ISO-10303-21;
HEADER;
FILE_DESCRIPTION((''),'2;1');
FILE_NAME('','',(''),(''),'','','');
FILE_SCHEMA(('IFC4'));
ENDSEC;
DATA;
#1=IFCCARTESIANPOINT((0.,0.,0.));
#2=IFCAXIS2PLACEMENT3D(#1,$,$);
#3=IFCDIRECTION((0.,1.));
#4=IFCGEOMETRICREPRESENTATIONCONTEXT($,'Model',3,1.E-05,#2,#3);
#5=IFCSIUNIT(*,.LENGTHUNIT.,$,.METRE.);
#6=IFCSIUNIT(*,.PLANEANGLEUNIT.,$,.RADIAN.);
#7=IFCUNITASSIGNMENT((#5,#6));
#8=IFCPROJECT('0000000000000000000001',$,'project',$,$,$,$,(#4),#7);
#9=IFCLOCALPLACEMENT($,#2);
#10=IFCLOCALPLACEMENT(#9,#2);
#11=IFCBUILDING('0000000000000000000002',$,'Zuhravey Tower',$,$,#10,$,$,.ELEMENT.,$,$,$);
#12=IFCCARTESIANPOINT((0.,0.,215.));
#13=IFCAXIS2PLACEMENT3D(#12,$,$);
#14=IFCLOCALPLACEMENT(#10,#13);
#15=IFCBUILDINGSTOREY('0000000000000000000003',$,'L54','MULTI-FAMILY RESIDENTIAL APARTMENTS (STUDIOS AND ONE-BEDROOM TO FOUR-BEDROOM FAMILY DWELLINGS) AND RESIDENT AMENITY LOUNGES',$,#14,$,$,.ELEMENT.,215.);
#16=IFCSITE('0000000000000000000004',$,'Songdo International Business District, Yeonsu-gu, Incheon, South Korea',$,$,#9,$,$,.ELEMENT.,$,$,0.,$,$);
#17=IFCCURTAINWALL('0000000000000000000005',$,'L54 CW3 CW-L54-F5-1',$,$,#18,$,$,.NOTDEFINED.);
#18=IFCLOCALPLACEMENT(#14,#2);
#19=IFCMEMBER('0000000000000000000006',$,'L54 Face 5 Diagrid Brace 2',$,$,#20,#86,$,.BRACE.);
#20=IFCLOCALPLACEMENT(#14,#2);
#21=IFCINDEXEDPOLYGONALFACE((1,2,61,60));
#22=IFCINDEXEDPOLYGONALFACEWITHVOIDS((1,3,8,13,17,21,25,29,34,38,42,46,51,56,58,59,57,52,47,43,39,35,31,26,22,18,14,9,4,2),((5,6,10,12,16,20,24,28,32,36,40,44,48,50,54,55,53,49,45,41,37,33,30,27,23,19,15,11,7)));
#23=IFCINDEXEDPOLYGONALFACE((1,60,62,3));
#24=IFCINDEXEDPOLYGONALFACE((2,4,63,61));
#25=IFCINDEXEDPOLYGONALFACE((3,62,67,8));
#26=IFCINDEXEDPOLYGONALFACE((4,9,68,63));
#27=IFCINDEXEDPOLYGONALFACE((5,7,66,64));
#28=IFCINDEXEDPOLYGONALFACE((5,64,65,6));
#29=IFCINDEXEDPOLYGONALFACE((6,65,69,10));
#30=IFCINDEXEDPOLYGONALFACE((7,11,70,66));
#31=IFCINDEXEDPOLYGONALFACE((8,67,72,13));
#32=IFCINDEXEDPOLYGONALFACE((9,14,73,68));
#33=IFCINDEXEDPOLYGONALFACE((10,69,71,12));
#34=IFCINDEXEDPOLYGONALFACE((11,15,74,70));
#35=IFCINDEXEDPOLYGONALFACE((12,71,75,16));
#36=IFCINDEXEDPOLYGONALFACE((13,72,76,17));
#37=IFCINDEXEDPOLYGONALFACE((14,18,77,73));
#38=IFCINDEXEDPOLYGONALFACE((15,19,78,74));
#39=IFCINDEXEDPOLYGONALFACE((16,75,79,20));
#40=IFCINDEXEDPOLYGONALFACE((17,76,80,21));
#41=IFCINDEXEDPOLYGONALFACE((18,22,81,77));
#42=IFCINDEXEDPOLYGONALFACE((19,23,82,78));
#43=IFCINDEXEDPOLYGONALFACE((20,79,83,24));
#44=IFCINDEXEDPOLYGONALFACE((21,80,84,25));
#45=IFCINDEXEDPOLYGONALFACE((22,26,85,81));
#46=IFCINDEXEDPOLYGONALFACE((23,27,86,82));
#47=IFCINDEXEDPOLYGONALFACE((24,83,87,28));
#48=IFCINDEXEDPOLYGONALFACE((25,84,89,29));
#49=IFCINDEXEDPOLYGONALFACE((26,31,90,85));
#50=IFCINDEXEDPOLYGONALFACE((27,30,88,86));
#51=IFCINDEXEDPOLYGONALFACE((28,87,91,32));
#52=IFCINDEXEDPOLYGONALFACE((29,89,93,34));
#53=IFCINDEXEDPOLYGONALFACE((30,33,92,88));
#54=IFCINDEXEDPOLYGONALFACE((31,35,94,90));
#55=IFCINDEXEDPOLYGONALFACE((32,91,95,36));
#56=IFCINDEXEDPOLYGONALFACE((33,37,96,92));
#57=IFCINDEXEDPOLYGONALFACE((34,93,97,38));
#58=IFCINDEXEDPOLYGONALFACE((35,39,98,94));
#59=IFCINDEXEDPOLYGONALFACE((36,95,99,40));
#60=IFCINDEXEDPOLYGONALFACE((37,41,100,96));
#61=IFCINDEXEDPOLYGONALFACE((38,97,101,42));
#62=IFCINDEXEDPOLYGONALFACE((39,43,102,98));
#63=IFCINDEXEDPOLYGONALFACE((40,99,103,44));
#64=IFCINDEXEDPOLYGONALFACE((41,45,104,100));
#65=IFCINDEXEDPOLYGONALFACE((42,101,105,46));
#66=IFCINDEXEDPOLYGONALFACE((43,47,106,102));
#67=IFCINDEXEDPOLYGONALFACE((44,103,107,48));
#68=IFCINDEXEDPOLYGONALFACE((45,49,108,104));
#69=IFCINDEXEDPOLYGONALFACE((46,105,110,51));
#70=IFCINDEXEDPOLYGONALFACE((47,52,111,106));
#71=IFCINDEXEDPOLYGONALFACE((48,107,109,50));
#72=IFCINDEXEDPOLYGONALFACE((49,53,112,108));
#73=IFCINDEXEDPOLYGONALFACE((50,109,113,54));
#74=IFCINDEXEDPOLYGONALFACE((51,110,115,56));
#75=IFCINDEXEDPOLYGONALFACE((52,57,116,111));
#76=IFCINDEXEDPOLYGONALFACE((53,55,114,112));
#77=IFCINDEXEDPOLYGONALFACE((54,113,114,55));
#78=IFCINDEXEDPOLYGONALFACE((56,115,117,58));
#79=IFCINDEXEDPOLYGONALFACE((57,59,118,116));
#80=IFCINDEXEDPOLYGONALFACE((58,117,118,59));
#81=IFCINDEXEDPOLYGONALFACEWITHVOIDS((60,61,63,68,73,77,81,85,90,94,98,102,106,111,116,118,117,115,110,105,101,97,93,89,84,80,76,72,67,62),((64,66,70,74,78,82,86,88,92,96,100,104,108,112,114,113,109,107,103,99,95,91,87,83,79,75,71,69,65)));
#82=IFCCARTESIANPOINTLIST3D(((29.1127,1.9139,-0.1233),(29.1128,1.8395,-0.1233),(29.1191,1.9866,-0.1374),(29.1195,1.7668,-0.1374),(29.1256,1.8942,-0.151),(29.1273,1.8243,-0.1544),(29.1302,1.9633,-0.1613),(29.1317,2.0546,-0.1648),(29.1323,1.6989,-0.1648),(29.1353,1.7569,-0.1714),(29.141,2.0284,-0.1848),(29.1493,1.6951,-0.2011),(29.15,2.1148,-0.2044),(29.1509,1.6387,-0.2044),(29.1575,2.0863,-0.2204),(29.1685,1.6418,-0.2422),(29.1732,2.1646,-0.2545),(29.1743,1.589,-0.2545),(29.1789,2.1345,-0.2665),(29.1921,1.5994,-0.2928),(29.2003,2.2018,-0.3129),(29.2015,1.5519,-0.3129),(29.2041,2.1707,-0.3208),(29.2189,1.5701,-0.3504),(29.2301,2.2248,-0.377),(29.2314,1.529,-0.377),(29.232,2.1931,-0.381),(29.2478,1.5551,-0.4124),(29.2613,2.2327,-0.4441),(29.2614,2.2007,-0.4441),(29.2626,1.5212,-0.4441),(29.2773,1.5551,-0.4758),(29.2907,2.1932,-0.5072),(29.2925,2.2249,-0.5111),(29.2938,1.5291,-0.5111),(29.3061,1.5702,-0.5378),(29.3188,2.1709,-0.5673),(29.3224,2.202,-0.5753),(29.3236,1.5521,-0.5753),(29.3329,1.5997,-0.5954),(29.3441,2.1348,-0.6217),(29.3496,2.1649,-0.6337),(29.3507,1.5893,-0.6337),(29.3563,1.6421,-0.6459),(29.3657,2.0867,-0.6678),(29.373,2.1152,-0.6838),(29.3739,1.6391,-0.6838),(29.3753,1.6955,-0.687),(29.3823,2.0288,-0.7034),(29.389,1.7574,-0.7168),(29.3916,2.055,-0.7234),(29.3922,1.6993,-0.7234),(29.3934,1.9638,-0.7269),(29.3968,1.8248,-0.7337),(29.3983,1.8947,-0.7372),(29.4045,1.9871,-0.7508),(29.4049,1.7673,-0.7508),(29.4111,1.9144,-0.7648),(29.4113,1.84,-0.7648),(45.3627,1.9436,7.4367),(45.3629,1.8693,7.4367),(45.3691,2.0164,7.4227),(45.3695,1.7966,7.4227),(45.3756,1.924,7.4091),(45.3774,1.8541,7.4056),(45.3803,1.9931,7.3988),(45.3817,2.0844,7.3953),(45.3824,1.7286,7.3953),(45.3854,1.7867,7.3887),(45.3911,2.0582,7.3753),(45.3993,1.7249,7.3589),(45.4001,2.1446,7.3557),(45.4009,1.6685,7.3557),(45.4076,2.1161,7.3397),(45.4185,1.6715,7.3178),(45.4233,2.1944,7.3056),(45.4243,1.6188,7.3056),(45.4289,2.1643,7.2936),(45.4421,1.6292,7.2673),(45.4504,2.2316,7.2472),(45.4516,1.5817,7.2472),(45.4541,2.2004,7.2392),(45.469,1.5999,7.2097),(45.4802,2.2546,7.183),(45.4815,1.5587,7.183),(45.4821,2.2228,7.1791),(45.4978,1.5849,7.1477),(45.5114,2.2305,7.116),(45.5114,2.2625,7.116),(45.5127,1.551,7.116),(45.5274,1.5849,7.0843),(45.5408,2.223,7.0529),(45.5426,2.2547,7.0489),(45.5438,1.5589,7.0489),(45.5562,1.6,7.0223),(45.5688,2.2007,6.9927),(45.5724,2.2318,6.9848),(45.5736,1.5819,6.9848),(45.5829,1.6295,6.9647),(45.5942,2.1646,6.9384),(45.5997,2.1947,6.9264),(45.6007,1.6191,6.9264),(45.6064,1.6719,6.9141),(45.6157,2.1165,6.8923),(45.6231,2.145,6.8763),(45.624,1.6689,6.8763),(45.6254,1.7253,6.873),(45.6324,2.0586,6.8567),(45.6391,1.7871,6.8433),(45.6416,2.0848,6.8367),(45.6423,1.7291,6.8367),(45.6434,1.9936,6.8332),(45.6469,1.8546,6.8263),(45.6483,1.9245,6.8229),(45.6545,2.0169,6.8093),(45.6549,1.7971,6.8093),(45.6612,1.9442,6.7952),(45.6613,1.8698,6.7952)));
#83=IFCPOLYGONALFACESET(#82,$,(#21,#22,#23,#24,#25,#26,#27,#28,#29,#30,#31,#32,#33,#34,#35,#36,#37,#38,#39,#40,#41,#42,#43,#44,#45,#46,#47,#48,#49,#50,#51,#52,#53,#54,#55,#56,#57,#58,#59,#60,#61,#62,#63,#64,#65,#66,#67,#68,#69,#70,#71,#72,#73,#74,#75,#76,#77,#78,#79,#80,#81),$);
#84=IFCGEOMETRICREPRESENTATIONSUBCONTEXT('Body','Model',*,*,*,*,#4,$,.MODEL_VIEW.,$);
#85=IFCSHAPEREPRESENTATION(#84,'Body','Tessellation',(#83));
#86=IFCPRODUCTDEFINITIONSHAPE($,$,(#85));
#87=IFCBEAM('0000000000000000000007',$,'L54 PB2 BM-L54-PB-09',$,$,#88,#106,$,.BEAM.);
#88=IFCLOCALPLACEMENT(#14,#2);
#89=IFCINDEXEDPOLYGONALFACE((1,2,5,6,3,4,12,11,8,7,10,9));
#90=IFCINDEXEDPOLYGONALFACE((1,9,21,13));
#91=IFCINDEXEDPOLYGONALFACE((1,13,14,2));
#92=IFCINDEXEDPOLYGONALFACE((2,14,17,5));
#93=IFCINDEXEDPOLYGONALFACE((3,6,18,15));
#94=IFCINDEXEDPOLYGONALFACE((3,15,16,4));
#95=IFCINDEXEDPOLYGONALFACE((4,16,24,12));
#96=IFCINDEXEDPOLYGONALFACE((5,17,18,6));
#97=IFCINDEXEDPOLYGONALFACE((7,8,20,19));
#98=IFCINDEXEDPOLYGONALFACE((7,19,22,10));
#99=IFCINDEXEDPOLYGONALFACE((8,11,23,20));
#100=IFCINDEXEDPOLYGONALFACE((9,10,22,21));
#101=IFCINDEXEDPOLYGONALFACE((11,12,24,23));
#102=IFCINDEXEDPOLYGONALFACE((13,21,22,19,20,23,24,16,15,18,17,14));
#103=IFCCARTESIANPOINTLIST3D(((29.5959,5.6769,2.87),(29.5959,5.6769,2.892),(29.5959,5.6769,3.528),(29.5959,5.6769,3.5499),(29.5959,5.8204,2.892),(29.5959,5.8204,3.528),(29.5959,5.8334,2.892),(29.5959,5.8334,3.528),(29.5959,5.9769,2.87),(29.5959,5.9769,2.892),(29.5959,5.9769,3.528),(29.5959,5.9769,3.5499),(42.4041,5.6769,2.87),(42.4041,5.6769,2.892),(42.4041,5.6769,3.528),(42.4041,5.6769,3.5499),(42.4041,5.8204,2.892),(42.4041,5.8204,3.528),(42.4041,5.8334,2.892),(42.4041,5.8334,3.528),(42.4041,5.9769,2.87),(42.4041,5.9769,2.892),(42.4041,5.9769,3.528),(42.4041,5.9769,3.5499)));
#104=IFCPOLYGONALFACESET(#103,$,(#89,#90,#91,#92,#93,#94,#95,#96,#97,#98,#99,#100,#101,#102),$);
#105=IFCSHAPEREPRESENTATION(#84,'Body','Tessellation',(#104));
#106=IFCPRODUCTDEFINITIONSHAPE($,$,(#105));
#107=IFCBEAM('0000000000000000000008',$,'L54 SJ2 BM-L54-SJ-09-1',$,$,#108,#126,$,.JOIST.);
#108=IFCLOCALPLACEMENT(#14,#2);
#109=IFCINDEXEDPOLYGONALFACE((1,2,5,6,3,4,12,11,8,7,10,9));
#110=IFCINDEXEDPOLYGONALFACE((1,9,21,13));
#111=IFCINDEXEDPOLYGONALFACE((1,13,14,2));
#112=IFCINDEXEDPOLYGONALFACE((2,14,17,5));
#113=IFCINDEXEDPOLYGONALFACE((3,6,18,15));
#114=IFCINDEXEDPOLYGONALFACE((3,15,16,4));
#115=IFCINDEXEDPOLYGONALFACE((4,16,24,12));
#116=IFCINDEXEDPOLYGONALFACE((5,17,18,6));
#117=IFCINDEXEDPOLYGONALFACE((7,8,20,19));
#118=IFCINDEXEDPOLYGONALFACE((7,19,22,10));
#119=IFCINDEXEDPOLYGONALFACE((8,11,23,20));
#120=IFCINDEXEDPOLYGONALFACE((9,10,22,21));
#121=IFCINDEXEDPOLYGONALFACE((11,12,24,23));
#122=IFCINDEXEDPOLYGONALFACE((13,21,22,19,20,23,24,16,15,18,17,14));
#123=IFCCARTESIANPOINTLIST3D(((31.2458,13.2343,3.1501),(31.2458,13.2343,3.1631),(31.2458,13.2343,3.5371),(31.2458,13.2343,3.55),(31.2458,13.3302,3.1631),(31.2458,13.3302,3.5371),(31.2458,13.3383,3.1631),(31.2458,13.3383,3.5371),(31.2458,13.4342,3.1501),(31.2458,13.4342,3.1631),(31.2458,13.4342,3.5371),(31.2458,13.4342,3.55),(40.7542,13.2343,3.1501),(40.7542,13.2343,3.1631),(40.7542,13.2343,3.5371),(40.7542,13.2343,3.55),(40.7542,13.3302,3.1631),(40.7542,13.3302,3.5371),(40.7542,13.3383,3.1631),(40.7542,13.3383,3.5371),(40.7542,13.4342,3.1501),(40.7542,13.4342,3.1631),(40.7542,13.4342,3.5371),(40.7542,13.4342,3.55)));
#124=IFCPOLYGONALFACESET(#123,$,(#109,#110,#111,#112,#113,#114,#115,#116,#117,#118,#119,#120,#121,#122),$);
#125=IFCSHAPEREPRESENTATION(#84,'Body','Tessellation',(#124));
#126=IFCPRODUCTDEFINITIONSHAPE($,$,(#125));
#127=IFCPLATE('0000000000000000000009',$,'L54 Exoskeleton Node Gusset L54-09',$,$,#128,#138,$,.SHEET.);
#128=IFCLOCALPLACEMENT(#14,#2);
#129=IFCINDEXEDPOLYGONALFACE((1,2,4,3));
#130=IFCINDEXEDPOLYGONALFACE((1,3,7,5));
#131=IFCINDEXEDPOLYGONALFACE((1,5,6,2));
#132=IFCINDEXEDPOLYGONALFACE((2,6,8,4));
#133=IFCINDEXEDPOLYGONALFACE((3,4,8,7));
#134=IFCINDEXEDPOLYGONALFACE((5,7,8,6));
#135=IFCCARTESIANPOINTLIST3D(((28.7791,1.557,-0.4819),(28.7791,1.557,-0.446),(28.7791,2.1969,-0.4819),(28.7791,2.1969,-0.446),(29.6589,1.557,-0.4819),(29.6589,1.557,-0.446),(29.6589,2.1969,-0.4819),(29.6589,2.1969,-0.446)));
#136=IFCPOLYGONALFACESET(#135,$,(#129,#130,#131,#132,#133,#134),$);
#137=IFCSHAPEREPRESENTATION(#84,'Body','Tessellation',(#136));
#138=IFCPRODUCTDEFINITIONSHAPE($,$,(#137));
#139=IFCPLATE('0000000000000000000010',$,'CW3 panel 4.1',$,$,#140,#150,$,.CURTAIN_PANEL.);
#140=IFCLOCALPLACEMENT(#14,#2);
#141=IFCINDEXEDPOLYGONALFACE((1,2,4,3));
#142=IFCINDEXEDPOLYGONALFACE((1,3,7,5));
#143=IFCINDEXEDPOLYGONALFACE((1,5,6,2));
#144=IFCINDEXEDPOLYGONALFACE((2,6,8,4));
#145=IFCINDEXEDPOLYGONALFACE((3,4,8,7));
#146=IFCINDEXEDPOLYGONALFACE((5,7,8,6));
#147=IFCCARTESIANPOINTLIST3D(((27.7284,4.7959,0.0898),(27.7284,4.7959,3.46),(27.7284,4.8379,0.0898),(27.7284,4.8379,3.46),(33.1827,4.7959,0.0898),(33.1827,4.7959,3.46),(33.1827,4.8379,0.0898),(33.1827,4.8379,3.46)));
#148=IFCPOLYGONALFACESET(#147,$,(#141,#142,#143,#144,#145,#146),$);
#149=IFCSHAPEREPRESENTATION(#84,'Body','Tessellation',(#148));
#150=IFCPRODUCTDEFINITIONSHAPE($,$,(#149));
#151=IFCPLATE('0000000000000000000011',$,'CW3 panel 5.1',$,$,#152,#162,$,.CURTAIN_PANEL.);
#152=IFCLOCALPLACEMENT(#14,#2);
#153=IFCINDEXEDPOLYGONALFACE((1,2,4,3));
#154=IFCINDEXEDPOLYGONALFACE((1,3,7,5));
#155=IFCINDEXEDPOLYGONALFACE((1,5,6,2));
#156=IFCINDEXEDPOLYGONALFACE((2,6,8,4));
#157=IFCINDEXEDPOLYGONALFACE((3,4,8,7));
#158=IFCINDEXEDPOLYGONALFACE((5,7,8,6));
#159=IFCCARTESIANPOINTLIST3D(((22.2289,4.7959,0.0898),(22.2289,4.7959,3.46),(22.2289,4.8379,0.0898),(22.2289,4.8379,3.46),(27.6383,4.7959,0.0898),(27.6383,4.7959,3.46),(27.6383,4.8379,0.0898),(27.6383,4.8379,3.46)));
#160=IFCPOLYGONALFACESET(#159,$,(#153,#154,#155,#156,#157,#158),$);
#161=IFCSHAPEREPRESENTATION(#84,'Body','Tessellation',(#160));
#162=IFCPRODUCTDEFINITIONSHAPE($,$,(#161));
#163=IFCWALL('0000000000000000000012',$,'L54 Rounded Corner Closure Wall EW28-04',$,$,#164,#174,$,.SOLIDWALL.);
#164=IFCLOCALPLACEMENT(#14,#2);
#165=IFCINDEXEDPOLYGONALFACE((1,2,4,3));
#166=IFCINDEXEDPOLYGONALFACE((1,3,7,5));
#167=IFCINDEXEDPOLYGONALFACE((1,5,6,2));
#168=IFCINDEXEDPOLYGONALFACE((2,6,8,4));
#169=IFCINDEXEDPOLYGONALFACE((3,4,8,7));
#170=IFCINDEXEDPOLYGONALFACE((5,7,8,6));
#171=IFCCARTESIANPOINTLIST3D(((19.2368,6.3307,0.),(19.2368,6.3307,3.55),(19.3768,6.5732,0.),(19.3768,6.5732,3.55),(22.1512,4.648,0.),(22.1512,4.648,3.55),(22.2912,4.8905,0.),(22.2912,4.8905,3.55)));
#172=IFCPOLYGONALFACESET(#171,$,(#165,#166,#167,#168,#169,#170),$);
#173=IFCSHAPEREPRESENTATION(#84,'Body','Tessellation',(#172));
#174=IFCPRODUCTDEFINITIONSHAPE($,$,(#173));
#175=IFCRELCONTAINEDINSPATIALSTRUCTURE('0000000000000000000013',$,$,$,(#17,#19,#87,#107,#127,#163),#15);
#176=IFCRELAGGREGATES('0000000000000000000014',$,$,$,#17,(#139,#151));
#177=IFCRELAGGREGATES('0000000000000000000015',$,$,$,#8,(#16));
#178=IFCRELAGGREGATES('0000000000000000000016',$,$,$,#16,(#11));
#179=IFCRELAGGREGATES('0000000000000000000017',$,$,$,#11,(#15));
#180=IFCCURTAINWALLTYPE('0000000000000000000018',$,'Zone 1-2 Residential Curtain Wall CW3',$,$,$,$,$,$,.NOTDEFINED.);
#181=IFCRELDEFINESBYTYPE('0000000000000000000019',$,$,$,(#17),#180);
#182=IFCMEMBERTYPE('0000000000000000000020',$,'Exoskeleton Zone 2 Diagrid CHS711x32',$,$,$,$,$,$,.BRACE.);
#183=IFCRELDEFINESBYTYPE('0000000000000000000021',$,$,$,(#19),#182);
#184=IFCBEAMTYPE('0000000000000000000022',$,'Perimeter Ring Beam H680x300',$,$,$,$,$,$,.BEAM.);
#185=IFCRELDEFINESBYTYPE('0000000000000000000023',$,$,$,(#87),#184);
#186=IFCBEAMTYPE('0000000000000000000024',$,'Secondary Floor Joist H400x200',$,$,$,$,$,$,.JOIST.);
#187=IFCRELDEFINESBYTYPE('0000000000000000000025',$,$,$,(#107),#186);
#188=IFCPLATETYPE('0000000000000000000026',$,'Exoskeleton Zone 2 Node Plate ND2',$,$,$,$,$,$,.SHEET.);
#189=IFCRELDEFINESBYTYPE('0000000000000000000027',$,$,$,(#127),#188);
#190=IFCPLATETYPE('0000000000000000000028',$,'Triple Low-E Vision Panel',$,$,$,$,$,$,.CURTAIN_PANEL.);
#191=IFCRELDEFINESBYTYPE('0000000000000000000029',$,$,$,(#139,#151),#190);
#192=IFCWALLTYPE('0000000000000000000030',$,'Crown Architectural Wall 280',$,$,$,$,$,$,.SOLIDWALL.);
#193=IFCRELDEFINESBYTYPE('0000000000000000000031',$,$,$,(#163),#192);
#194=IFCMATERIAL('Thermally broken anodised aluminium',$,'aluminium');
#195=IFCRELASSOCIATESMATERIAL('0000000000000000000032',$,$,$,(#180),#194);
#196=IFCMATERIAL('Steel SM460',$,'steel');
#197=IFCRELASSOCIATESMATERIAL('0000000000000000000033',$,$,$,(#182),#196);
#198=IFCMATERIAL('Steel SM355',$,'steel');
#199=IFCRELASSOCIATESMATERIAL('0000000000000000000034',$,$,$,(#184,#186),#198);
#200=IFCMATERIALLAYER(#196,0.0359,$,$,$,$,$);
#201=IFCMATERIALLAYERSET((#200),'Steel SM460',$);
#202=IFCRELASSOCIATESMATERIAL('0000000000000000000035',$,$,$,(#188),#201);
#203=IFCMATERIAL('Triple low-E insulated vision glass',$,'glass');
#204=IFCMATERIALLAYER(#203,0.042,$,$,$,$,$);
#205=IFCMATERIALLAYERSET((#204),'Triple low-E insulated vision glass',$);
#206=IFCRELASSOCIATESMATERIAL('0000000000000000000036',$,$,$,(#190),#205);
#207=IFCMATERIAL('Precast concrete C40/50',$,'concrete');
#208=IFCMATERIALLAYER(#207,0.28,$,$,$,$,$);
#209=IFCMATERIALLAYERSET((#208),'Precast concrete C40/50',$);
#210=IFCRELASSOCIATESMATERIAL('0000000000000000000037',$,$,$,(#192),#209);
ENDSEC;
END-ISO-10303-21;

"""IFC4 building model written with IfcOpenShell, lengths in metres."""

from ifc_helpers import new_model, si_unit, direction, frame, frame_2d, origin, origin_2d, place, context, subcontext, project, spatial, rectangle, hollow_circle, i_section, extrude, material, layer, layer_set, material_profile, profile_set, type_object, element, aggregate, save


model = new_model("IFC4")

# Units and contexts
model_context = context("Model", 3, precision=1e-05, world=origin(), true_north=direction((0.0, 1.0)))
body_context = subcontext(model_context, "Body", "Model", "MODEL_VIEW")
ifc_project = project(units=[si_unit("LENGTHUNIT", "METRE"), si_unit("PLANEANGLEUNIT", "RADIAN")], contexts=[model_context])

# Site, building, storey
site_placement = place(None, origin())
site = spatial("IfcSite", under=ifc_project, at=site_placement, Name="Songdo International Business District, Yeonsu-gu, Incheon, South Korea", CompositionType="ELEMENT", RefElevation=0.0)
building_placement = place(site_placement, origin())
building = spatial("IfcBuilding", under=site, at=building_placement, Name="Zuhravey Tower", CompositionType="ELEMENT")
storey_placement = place(building_placement, frame((0.0, 0.0, 215.0)))
storey = spatial("IfcBuildingStorey", under=building, at=storey_placement, Name="L54", Description="MULTI-FAMILY RESIDENTIAL APARTMENTS (STUDIOS AND ONE-BEDROOM TO FOUR-BEDROOM FAMILY DWELLINGS) AND RESIDENT AMENITY LOUNGES", CompositionType="ELEMENT", Elevation=215.0)

# Curtain wall
ifc_material_1 = material(Name="Thermally broken anodised aluminium", Category="aluminium")
curtain_wall_type = type_object("IfcCurtainWallType", Name="Zone 1-2 Residential Curtain Wall CW3", PredefinedType="NOTDEFINED", material=ifc_material_1)
curtain_wall_placement = place(storey_placement, origin())
curtain_wall = element("IfcCurtainWall", 1, at=curtain_wall_placement, inside=storey, type_object=curtain_wall_type, Name="L54 CW3 CW-L54-F5-1", PredefinedType="NOTDEFINED")

# Member
ifc_material_2 = material(Name="Steel SM355", Category="steel")
ifc_material_3 = material(Name="Steel SM460", Category="steel")
ifc_material_profile_1 = material_profile(ifc_material_3, hollow_circle(Radius=0.3557, WallThickness=0.032, at=origin_2d()), Name="CHS-711.2x32")
ifc_profile_set_1 = profile_set([ifc_material_profile_1], Name="Steel SM460")
member_type_1 = type_object("IfcMemberType", Name="Exoskeleton Zone 2 Diagrid CHS711x32", PredefinedType="BRACE", material=ifc_profile_set_1)
member_1_placement = place(storey_placement, frame((29.262, 1.877, -0.4441), z_axis=(0.906679, 0.001662, 0.421818), x_axis=(-0.001833, 0.999998, 0.0)))
element("IfcMember", 2, at=member_1_placement, inside=storey, type_object=member_type_1, Name="L54 Face 5 Diagrid Brace 2", PredefinedType="BRACE", context=body_context, shape_type="SweptSolid", body=[
    extrude(hollow_circle(Radius=0.3557, WallThickness=0.032, at=origin_2d()), origin(), (0.0, 0.0, 1.0), 17.9226),
])

# Beams
ifc_material_profile_2 = material_profile(ifc_material_2, i_section(OverallWidth=0.3, OverallDepth=0.6799, WebThickness=0.0129, FlangeThickness=0.022, at=origin_2d()), Name="H-680x300x13x22")
ifc_profile_set_2 = profile_set([ifc_material_profile_2], Name="Steel SM355")
beam_type_1 = type_object("IfcBeamType", Name="Perimeter Ring Beam H680x300", PredefinedType="BEAM", material=ifc_profile_set_2)
beam_1_placement = place(storey_placement, frame((29.5959, 5.8269, 3.21), z_axis=(1.0, 0.0, 0.0), x_axis=(0.0, 1.0, 0.0)))
element("IfcBeam", 3, at=beam_1_placement, inside=storey, type_object=beam_type_1, Name="L54 PB2 BM-L54-PB-09", PredefinedType="BEAM", context=body_context, shape_type="SweptSolid", body=[
    extrude(i_section(OverallWidth=0.3, OverallDepth=0.6799, WebThickness=0.0129, FlangeThickness=0.022, at=origin_2d()), origin(), (0.0, 0.0, 1.0), 12.8081),
])
ifc_material_profile_3 = material_profile(ifc_material_2, i_section(OverallWidth=0.2, OverallDepth=0.3999, WebThickness=0.0081, FlangeThickness=0.0129, at=origin_2d()), Name="H-400x200x8x13")
ifc_profile_set_3 = profile_set([ifc_material_profile_3], Name="Steel SM355")
beam_type_2 = type_object("IfcBeamType", Name="Secondary Floor Joist H400x200", PredefinedType="JOIST", material=ifc_profile_set_3)
beam_2_placement = place(storey_placement, frame((31.2458, 13.3342, 3.3501), z_axis=(1.0, 0.0, 0.0), x_axis=(0.0, 1.0, 0.0)))
element("IfcBeam", 4, at=beam_2_placement, inside=storey, type_object=beam_type_2, Name="L54 SJ2 BM-L54-SJ-09-1", PredefinedType="JOIST", context=body_context, shape_type="SweptSolid", body=[
    extrude(i_section(OverallWidth=0.2, OverallDepth=0.3999, WebThickness=0.0081, FlangeThickness=0.0129, at=origin_2d()), origin(), (0.0, 0.0, 1.0), 9.5083),
])

# Plates
ifc_layer_1 = layer(ifc_material_3, 0.0359)
ifc_layer_set_1 = layer_set([ifc_layer_1], Name="Steel SM460")
plate_type_1 = type_object("IfcPlateType", Name="Exoskeleton Zone 2 Node Plate ND2", PredefinedType="SHEET", material=ifc_layer_set_1)
plate_1_placement = place(storey_placement, frame((29.219, 1.877, -0.4819), z_axis=(0.0, 0.0, 1.0), x_axis=(1.0, 0.0, 0.0)))
element("IfcPlate", 5, at=plate_1_placement, inside=storey, type_object=plate_type_1, Name="L54 Exoskeleton Node Gusset L54-09", PredefinedType="SHEET", context=body_context, shape_type="SweptSolid", body=[
    extrude(rectangle(XDim=0.8799, YDim=0.6399, at=origin_2d()), origin(), (0.0, 0.0, 1.0), 0.0359),
])
ifc_material_4 = material(Name="Triple low-E insulated vision glass", Category="glass")
ifc_layer_2 = layer(ifc_material_4, 0.042)
ifc_layer_set_2 = layer_set([ifc_layer_2], Name="Triple low-E insulated vision glass")
plate_type_2 = type_object("IfcPlateType", Name="Triple Low-E Vision Panel", PredefinedType="CURTAIN_PANEL", material=ifc_layer_set_2)
plate_2_placement = place(storey_placement, frame((30.4556, 4.8169, 0.0898), z_axis=(0.0, 0.0, 1.0), x_axis=(-1.0, 0.0, 0.0)))
plate_2 = element("IfcPlate", 6, at=plate_2_placement, type_object=plate_type_2, Name="CW3 panel 4.1", PredefinedType="CURTAIN_PANEL", context=body_context, shape_type="SweptSolid", body=[
    extrude(rectangle(XDim=5.4543, YDim=0.042, at=origin_2d()), origin(), (0.0, 0.0, 1.0), 3.3701),
])
plate_3_placement = place(storey_placement, frame((24.9336, 4.8169, 0.0898), z_axis=(0.0, 0.0, 1.0), x_axis=(-1.0, 0.0, 0.0)))
plate_3 = element("IfcPlate", 7, at=plate_3_placement, type_object=plate_type_2, Name="CW3 panel 5.1", PredefinedType="CURTAIN_PANEL", context=body_context, shape_type="SweptSolid", body=[
    extrude(rectangle(XDim=5.4094, YDim=0.042, at=origin_2d()), origin(), (0.0, 0.0, 1.0), 3.3701),
])
aggregate(curtain_wall, [plate_2, plate_3])

# Wall
ifc_material_5 = material(Name="Precast concrete C40/50", Category="concrete")
ifc_layer_3 = layer(ifc_material_5, 0.28)
ifc_layer_set_3 = layer_set([ifc_layer_3], Name="Precast concrete C40/50")
wall_type_1 = type_object("IfcWallType", Name="Crown Architectural Wall 280", PredefinedType="SOLIDWALL", material=ifc_layer_set_3)
wall_1_placement = place(storey_placement, frame((22.2212, 4.7693, 0.0), z_axis=(0.0, 0.0, 1.0), x_axis=(-0.86602, 0.500009, 0.0)))
element("IfcWall", 8, at=wall_1_placement, inside=storey, type_object=wall_type_1, Name="L54 Rounded Corner Closure Wall EW28-04", PredefinedType="SOLIDWALL", context=body_context, shape_type="SweptSolid", body=[
    extrude(rectangle(XDim=3.3652, YDim=0.28, at=frame_2d((1.6826, 0.0))), origin(), (0.0, 0.0, 1.0), 3.55),
])

save(model, "model.ifc")
